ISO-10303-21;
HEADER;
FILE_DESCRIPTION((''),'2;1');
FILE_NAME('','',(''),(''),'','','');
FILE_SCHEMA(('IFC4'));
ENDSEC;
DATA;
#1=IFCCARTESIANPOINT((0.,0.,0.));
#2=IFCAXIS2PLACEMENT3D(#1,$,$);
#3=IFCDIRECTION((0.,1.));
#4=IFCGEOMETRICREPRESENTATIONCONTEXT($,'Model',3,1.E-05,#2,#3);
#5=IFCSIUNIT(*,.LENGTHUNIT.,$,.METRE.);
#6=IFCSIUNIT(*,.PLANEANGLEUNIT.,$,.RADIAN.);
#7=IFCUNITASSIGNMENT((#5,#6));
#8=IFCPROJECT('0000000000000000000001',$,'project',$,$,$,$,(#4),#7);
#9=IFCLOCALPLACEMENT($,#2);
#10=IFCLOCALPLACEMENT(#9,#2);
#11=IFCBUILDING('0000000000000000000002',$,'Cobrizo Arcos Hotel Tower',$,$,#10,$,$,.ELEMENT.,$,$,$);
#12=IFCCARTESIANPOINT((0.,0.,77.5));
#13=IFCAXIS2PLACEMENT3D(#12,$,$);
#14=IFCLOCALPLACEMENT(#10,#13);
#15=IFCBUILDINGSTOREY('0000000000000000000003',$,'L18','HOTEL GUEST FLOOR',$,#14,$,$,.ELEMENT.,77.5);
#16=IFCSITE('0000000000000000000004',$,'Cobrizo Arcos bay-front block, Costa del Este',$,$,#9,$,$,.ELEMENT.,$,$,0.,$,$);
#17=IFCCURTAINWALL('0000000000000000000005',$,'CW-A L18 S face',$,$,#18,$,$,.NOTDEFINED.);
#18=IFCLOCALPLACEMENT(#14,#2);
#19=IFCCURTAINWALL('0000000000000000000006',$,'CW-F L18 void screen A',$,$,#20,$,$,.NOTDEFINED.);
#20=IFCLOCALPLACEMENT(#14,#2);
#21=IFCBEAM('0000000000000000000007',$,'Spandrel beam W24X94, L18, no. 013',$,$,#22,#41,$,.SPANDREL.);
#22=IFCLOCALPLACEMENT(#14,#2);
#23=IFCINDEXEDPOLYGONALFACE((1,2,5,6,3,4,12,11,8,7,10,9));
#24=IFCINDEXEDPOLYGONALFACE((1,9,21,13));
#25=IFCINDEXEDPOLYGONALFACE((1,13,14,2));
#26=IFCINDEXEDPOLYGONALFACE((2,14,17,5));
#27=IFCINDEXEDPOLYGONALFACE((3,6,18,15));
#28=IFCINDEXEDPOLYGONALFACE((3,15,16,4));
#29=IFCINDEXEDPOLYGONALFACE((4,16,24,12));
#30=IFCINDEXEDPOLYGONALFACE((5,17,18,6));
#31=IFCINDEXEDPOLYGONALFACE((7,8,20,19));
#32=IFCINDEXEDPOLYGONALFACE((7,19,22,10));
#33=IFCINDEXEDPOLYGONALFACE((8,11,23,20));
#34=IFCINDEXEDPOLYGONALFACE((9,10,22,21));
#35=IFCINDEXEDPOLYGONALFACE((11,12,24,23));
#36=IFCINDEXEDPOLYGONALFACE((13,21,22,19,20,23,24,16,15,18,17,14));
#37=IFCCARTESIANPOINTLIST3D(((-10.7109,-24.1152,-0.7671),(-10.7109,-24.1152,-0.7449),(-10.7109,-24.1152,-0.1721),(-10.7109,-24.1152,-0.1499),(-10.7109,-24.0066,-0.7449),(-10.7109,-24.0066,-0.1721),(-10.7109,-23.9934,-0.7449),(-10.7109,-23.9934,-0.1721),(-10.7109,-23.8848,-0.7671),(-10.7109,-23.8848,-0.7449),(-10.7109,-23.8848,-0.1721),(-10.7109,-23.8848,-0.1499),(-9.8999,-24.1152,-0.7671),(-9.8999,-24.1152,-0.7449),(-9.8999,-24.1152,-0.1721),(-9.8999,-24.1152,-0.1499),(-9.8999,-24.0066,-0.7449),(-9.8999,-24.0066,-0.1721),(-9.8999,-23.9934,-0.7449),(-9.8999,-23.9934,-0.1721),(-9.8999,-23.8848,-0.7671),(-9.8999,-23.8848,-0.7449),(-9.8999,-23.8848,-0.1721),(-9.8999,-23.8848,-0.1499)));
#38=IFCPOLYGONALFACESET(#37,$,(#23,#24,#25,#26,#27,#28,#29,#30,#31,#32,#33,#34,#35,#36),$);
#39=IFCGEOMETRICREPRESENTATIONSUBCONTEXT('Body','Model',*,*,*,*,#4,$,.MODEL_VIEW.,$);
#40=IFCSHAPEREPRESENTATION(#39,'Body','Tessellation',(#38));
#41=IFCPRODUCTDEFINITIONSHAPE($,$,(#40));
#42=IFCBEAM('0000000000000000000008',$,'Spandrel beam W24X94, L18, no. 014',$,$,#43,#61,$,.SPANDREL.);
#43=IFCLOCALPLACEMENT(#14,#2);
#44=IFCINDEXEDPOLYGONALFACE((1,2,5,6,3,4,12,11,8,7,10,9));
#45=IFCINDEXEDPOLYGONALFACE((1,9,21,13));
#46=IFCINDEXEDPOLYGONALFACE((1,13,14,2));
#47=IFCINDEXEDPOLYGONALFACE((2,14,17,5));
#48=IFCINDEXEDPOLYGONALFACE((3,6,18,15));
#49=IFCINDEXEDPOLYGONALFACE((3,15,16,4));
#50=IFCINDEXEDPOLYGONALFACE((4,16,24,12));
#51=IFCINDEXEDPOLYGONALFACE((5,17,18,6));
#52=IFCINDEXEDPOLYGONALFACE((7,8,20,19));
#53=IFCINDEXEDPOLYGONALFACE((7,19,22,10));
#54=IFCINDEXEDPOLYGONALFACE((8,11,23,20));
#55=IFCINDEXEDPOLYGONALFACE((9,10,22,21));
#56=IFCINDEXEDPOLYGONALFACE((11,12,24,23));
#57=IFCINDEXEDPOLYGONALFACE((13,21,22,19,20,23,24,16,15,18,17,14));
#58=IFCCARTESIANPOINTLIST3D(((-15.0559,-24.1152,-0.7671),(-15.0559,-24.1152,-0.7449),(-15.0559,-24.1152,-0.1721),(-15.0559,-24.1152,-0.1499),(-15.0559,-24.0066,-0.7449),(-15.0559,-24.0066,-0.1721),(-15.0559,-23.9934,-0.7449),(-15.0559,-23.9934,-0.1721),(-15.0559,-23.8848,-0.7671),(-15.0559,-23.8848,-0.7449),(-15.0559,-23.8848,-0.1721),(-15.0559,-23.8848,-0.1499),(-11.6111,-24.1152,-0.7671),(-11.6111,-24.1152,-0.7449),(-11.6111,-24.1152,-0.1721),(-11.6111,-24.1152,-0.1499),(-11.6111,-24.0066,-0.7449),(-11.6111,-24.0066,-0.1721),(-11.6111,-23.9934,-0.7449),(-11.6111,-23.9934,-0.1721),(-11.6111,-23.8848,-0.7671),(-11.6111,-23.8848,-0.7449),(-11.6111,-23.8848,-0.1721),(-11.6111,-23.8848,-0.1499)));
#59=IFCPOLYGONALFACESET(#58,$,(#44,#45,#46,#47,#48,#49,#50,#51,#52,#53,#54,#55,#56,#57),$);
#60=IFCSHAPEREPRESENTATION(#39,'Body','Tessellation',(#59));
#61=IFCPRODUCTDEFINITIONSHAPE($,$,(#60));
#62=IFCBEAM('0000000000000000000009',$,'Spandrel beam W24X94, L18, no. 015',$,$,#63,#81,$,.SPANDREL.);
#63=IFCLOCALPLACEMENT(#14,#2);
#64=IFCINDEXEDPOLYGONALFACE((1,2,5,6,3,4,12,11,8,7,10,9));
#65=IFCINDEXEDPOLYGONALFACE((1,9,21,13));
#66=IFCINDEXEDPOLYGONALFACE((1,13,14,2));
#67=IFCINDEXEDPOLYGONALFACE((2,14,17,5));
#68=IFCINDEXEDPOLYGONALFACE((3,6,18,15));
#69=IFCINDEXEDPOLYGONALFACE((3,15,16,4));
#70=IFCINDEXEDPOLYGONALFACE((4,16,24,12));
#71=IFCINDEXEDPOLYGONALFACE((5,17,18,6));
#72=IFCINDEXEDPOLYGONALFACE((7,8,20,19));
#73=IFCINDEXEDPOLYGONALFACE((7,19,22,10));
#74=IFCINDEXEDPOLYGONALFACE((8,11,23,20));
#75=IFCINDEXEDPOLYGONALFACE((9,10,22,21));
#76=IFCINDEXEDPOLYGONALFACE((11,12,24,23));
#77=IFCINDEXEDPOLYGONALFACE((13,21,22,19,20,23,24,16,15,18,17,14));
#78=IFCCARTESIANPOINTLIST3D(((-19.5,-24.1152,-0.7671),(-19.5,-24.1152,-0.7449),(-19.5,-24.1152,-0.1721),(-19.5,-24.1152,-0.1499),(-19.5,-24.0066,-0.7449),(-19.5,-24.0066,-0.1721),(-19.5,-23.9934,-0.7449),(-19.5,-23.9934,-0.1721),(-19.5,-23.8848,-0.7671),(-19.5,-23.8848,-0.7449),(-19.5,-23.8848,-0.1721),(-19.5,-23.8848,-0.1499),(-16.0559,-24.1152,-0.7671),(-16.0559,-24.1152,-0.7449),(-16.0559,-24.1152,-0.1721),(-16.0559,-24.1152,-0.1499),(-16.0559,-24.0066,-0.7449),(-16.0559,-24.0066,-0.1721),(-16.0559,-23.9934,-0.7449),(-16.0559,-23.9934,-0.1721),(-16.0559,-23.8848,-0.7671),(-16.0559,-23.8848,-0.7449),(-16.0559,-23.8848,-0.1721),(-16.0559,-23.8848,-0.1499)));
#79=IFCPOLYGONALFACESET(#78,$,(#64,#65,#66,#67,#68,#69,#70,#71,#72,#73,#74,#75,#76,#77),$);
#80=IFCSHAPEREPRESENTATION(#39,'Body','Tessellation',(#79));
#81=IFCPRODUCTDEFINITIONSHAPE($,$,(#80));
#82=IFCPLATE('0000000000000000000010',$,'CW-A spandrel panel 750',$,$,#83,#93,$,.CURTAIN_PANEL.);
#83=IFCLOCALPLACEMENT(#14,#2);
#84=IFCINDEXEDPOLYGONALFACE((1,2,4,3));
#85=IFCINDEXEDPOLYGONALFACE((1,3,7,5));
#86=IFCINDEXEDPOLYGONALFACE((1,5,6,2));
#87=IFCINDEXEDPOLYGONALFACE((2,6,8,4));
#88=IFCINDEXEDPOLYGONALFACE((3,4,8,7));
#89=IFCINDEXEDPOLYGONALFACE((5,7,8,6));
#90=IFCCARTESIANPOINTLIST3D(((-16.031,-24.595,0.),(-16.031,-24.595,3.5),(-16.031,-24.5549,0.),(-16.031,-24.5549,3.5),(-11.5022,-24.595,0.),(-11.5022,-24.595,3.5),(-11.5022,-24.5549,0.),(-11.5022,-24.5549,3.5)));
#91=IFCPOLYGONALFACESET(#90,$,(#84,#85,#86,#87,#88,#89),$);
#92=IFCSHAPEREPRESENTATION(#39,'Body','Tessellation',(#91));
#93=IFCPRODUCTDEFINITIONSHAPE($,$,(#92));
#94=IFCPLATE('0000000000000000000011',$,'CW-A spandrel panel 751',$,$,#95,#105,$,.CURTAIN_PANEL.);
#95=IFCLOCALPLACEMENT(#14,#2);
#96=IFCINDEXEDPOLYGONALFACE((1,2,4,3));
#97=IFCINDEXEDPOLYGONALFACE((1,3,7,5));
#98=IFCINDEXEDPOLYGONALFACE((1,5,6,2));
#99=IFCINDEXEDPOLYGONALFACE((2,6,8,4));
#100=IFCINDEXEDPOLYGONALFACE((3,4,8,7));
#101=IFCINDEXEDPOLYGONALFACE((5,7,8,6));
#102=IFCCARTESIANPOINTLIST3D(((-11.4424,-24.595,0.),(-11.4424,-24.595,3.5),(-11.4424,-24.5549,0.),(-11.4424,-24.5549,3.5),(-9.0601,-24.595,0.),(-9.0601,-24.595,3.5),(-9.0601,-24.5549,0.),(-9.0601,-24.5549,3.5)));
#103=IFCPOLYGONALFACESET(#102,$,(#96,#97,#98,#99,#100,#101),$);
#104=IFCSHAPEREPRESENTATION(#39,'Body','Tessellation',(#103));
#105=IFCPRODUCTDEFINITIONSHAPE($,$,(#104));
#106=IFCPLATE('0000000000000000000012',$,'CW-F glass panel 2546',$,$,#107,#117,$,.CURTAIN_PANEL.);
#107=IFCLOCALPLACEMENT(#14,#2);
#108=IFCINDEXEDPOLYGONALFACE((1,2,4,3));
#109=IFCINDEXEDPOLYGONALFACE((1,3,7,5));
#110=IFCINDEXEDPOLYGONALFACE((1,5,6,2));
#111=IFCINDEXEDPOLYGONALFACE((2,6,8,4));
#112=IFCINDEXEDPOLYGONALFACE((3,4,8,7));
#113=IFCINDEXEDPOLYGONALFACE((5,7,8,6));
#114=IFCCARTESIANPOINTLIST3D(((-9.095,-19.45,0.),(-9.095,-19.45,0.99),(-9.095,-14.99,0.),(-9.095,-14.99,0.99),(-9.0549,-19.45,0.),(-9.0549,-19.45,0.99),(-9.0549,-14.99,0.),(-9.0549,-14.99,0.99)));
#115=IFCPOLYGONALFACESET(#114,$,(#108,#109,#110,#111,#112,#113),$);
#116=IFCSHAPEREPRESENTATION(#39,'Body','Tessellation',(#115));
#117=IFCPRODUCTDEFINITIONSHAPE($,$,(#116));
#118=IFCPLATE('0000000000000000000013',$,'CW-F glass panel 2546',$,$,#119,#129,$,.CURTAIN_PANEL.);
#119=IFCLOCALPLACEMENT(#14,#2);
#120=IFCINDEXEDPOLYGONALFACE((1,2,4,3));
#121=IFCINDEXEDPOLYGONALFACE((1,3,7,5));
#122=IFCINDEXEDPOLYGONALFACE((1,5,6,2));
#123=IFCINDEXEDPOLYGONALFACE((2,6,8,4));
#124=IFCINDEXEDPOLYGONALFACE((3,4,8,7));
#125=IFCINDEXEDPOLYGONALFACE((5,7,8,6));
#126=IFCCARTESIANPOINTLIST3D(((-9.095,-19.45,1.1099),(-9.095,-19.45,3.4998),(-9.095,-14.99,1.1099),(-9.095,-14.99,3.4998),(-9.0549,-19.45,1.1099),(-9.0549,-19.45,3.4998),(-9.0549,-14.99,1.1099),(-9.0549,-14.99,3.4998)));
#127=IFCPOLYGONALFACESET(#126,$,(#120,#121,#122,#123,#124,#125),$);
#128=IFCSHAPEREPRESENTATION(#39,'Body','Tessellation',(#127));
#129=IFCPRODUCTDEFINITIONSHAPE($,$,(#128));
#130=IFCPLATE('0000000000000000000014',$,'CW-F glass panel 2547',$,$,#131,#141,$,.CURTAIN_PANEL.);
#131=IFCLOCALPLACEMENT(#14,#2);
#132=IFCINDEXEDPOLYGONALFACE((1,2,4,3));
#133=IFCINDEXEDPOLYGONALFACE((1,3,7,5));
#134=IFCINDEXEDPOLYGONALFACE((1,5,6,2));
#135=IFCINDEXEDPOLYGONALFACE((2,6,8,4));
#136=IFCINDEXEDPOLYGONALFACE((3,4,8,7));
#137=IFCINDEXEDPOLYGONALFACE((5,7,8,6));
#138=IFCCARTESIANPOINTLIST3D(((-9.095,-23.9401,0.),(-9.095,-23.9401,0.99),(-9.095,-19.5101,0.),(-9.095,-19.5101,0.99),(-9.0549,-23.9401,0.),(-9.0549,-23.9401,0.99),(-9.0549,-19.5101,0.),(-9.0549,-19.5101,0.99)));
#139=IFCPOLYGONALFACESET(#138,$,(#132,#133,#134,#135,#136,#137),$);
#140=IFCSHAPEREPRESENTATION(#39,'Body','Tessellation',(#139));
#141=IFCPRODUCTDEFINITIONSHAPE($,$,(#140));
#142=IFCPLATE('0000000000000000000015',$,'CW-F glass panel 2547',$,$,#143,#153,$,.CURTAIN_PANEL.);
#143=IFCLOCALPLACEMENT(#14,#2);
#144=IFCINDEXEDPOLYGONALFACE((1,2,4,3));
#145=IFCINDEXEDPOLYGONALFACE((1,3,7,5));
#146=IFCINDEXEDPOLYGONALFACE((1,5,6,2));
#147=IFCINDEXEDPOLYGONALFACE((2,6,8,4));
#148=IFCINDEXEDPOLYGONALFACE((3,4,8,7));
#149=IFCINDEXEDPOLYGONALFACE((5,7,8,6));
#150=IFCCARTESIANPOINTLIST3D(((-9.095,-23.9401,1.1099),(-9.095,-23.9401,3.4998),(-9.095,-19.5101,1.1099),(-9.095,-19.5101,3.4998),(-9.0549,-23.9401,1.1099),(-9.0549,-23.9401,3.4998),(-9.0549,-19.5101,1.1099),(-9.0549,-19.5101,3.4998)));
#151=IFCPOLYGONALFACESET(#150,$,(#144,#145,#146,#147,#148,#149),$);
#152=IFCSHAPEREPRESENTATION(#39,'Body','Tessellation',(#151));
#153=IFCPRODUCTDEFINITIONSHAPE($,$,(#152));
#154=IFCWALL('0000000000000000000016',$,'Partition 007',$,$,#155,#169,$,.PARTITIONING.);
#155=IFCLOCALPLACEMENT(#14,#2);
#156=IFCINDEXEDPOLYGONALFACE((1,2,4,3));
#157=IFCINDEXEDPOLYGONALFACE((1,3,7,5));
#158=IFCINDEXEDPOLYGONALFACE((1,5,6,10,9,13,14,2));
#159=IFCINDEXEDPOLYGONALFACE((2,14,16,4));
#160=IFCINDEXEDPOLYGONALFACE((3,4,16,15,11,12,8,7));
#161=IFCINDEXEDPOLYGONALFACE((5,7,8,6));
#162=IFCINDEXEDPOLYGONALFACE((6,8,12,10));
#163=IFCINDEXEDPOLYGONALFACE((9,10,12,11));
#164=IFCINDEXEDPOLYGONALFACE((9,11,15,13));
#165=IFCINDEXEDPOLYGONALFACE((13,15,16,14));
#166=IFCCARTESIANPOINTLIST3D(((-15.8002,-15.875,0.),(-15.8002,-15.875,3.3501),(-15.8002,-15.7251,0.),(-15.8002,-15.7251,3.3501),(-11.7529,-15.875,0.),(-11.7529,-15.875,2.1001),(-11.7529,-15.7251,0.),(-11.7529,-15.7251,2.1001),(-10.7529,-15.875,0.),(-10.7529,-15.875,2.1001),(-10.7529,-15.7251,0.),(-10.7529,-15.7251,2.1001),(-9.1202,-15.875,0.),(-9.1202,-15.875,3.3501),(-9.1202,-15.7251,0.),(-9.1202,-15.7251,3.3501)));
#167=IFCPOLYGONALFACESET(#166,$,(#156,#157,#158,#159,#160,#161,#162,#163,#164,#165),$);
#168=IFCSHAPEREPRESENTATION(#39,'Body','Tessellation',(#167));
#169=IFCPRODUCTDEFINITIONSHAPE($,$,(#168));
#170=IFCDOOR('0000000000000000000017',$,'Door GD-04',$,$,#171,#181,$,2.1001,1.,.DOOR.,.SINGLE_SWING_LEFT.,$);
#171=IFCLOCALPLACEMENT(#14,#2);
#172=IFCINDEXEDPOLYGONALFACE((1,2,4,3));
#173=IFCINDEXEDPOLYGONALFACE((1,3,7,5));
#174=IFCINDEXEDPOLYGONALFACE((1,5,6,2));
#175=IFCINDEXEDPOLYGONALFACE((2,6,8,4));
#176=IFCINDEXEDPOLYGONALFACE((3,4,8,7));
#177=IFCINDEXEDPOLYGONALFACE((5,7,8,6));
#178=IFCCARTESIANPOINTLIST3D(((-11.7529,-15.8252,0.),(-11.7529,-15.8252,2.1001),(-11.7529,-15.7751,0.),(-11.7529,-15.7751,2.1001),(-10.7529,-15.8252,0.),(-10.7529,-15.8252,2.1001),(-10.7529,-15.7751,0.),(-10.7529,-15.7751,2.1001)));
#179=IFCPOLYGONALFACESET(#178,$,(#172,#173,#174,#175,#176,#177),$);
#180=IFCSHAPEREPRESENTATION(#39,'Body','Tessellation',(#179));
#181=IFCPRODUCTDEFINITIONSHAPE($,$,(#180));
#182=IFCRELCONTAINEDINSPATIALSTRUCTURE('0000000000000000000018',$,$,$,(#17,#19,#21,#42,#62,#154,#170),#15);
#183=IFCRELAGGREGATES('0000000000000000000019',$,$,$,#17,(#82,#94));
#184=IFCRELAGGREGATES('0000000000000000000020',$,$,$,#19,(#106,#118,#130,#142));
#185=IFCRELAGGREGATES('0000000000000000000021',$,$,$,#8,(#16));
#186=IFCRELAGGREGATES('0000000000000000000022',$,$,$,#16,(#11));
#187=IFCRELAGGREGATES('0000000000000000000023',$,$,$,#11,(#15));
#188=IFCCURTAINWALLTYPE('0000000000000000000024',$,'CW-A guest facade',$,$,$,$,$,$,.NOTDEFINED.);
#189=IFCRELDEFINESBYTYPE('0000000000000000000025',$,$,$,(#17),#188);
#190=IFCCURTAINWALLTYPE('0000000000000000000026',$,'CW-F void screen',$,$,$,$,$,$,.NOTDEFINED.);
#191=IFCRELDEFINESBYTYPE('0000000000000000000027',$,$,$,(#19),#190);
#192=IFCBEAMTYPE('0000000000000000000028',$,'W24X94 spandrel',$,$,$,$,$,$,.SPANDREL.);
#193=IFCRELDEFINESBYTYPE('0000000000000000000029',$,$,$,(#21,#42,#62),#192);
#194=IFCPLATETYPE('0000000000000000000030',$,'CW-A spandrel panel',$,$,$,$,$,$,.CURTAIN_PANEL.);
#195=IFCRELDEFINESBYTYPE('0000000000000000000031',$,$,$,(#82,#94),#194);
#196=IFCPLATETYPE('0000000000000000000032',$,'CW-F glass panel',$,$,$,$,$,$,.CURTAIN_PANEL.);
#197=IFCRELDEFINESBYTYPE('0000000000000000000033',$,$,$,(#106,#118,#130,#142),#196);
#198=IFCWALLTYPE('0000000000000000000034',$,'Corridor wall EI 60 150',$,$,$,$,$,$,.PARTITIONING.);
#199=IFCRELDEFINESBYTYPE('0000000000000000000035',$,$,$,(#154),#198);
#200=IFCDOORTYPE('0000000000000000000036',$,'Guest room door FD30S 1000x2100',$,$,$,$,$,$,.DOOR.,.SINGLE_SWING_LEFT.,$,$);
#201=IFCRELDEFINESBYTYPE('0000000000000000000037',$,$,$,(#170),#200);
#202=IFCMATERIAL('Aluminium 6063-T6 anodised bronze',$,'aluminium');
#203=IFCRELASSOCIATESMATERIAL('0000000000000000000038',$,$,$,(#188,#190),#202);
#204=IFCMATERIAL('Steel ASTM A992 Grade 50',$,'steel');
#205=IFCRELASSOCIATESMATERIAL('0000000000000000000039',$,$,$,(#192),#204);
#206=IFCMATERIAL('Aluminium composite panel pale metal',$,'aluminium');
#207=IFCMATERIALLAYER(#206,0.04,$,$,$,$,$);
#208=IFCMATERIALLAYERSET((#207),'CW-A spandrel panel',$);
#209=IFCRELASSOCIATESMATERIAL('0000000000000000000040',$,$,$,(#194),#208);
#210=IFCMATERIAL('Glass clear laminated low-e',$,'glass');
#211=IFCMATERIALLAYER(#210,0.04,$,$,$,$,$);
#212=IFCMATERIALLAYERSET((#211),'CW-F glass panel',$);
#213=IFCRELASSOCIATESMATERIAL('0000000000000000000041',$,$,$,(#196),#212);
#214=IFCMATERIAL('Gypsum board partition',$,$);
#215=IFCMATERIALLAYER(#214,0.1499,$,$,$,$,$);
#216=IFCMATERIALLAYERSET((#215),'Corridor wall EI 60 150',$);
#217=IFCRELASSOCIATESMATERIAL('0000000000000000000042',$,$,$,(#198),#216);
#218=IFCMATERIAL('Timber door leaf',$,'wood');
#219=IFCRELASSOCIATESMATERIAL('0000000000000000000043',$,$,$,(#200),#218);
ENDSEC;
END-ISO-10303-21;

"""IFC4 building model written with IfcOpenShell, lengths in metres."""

from ifc_helpers import new_model, si_unit, direction, frame, frame_2d, origin, origin_2d, place, context, subcontext, project, spatial, rectangle, i_section, extrude, material, layer, layer_set, material_profile, profile_set, type_object, element, fill, aggregate, save


model = new_model("IFC4")

# Units and contexts
model_context = context("Model", 3, precision=1e-05, world=origin(), true_north=direction((0.0, 1.0)))
body_context = subcontext(model_context, "Body", "Model", "MODEL_VIEW")
ifc_project = project(units=[si_unit("LENGTHUNIT", "METRE"), si_unit("PLANEANGLEUNIT", "RADIAN")], contexts=[model_context])

# Site, building, storey
site_placement = place(None, origin())
site = spatial("IfcSite", under=ifc_project, at=site_placement, Name="Cobrizo Arcos bay-front block, Costa del Este", CompositionType="ELEMENT", RefElevation=0.0)
building_placement = place(site_placement, origin())
building = spatial("IfcBuilding", under=site, at=building_placement, Name="Cobrizo Arcos Hotel Tower", CompositionType="ELEMENT")
storey_placement = place(building_placement, frame((0.0, 0.0, 77.5)))
storey = spatial("IfcBuildingStorey", under=building, at=storey_placement, Name="L18", Description="HOTEL GUEST FLOOR", CompositionType="ELEMENT", Elevation=77.5)

# Curtain walls
ifc_material_1 = material(Name="Aluminium 6063-T6 anodised bronze", Category="aluminium")
curtain_wall_type_1 = type_object("IfcCurtainWallType", Name="CW-A guest facade", PredefinedType="NOTDEFINED", material=ifc_material_1)
curtain_wall_1_placement = place(storey_placement, origin())
curtain_wall_1 = element("IfcCurtainWall", 1, at=curtain_wall_1_placement, inside=storey, type_object=curtain_wall_type_1, Name="CW-A L18 S face", PredefinedType="NOTDEFINED")
curtain_wall_type_2 = type_object("IfcCurtainWallType", Name="CW-F void screen", PredefinedType="NOTDEFINED", material=ifc_material_1)
curtain_wall_2_placement = place(storey_placement, origin())
curtain_wall_2 = element("IfcCurtainWall", 2, at=curtain_wall_2_placement, inside=storey, type_object=curtain_wall_type_2, Name="CW-F L18 void screen A", PredefinedType="NOTDEFINED")

# Beams
ifc_material_2 = material(Name="Steel ASTM A992 Grade 50", Category="steel")
ifc_material_profile_1 = material_profile(ifc_material_2, i_section(OverallWidth=0.2305, OverallDepth=0.6172, WebThickness=0.0132, FlangeThickness=0.0222, at=origin_2d()), Name="W24X94")
ifc_profile_set_1 = profile_set([ifc_material_profile_1], Name="Steel ASTM A992 Grade 50")
beam_type_1 = type_object("IfcBeamType", Name="W24X94 spandrel", PredefinedType="SPANDREL", material=ifc_profile_set_1)
beam_1_placement = place(storey_placement, frame((-9.8999, -24.0, -0.4585), z_axis=(-1.0, 0.0, 0.0), x_axis=(0.0, -1.0, 0.0)))
element("IfcBeam", 3, at=beam_1_placement, inside=storey, type_object=beam_type_1, Name="Spandrel beam W24X94, L18, no. 013", PredefinedType="SPANDREL", context=body_context, shape_type="SweptSolid", body=[
    extrude(i_section(OverallWidth=0.2305, OverallDepth=0.6172, WebThickness=0.0132, FlangeThickness=0.0222, at=origin_2d()), origin(), (0.0, 0.0, 1.0), 0.811),
])
beam_2_placement = place(storey_placement, frame((-11.6111, -24.0, -0.4585), z_axis=(-1.0, 0.0, 0.0), x_axis=(0.0, -1.0, 0.0)))
element("IfcBeam", 4, at=beam_2_placement, inside=storey, type_object=beam_type_1, Name="Spandrel beam W24X94, L18, no. 014", PredefinedType="SPANDREL", context=body_context, shape_type="SweptSolid", body=[
    extrude(i_section(OverallWidth=0.2305, OverallDepth=0.6172, WebThickness=0.0132, FlangeThickness=0.0222, at=origin_2d()), origin(), (0.0, 0.0, 1.0), 3.4448),
])
beam_3_placement = place(storey_placement, frame((-16.0559, -24.0, -0.4585), z_axis=(-1.0, 0.0, 0.0), x_axis=(0.0, -1.0, 0.0)))
element("IfcBeam", 5, at=beam_3_placement, inside=storey, type_object=beam_type_1, Name="Spandrel beam W24X94, L18, no. 015", PredefinedType="SPANDREL", context=body_context, shape_type="SweptSolid", body=[
    extrude(i_section(OverallWidth=0.2305, OverallDepth=0.6172, WebThickness=0.0132, FlangeThickness=0.0222, at=origin_2d()), origin(), (0.0, 0.0, 1.0), 3.4441),
])

# Plates
ifc_material_3 = material(Name="Aluminium composite panel pale metal", Category="aluminium")
ifc_layer_1 = layer(ifc_material_3, 0.04)
ifc_layer_set_1 = layer_set([ifc_layer_1], Name="CW-A spandrel panel")
plate_type_1 = type_object("IfcPlateType", Name="CW-A spandrel panel", PredefinedType="CURTAIN_PANEL", material=ifc_layer_set_1)
plate_1_placement = place(storey_placement, frame((-13.7666, -24.575, 0.0), z_axis=(0.0, 0.0, 1.0), x_axis=(1.0, 0.0, 0.0)))
plate_1 = element("IfcPlate", 6, at=plate_1_placement, type_object=plate_type_1, Name="CW-A spandrel panel 750", PredefinedType="CURTAIN_PANEL", context=body_context, shape_type="SweptSolid", body=[
    extrude(rectangle(XDim=4.5288, YDim=0.04, at=origin_2d()), origin(), (0.0, 0.0, 1.0), 3.5),
])
plate_2_placement = place(storey_placement, frame((-10.2512, -24.575, 0.0), z_axis=(0.0, 0.0, 1.0), x_axis=(1.0, 0.0, 0.0)))
plate_2 = element("IfcPlate", 7, at=plate_2_placement, type_object=plate_type_1, Name="CW-A spandrel panel 751", PredefinedType="CURTAIN_PANEL", context=body_context, shape_type="SweptSolid", body=[
    extrude(rectangle(XDim=2.3823, YDim=0.04, at=origin_2d()), origin(), (0.0, 0.0, 1.0), 3.5),
])
aggregate(curtain_wall_1, [plate_1, plate_2])
ifc_material_4 = material(Name="Glass clear laminated low-e", Category="glass")
ifc_layer_2 = layer(ifc_material_4, 0.04)
ifc_layer_set_2 = layer_set([ifc_layer_2], Name="CW-F glass panel")
plate_type_2 = type_object("IfcPlateType", Name="CW-F glass panel", PredefinedType="CURTAIN_PANEL", material=ifc_layer_set_2)
plate_3_placement = place(storey_placement, frame((-9.075, -17.22, 0.0), z_axis=(0.0, 0.0, 1.0), x_axis=(0.0, -1.0, 0.0)))
plate_3 = element("IfcPlate", 8, at=plate_3_placement, type_object=plate_type_2, Name="CW-F glass panel 2546", PredefinedType="CURTAIN_PANEL", context=body_context, shape_type="SweptSolid", body=[
    extrude(rectangle(XDim=4.46, YDim=0.04, at=origin_2d()), origin(), (0.0, 0.0, 1.0), 0.99),
])
plate_4_placement = place(storey_placement, frame((-9.075, -17.22, 1.1099), z_axis=(0.0, 0.0, 1.0), x_axis=(0.0, -1.0, 0.0)))
plate_4 = element("IfcPlate", 9, at=plate_4_placement, type_object=plate_type_2, Name="CW-F glass panel 2546", PredefinedType="CURTAIN_PANEL", context=body_context, shape_type="SweptSolid", body=[
    extrude(rectangle(XDim=4.46, YDim=0.04, at=origin_2d()), origin(), (0.0, 0.0, 1.0), 2.3899),
])
plate_5_placement = place(storey_placement, frame((-9.075, -21.7251, 0.0), z_axis=(0.0, 0.0, 1.0), x_axis=(0.0, -1.0, 0.0)))
plate_5 = element("IfcPlate", 10, at=plate_5_placement, type_object=plate_type_2, Name="CW-F glass panel 2547", PredefinedType="CURTAIN_PANEL", context=body_context, shape_type="SweptSolid", body=[
    extrude(rectangle(XDim=4.4299, YDim=0.04, at=origin_2d()), origin(), (0.0, 0.0, 1.0), 0.99),
])
plate_6_placement = place(storey_placement, frame((-9.075, -21.7251, 1.1099), z_axis=(0.0, 0.0, 1.0), x_axis=(0.0, -1.0, 0.0)))
plate_6 = element("IfcPlate", 11, at=plate_6_placement, type_object=plate_type_2, Name="CW-F glass panel 2547", PredefinedType="CURTAIN_PANEL", context=body_context, shape_type="SweptSolid", body=[
    extrude(rectangle(XDim=4.4299, YDim=0.04, at=origin_2d()), origin(), (0.0, 0.0, 1.0), 2.3899),
])
aggregate(curtain_wall_2, [plate_3, plate_4, plate_5, plate_6])

# Wall, opening, door
ifc_material_5 = material(Name="Gypsum board partition")
ifc_layer_3 = layer(ifc_material_5, 0.1499)
ifc_layer_set_3 = layer_set([ifc_layer_3], Name="Corridor wall EI 60 150")
wall_type_1 = type_object("IfcWallType", Name="Corridor wall EI 60 150", PredefinedType="PARTITIONING", material=ifc_layer_set_3)
wall_1_placement = place(storey_placement, frame((-15.8, -15.8, 0.0), z_axis=(0.0, 0.0, 1.0), x_axis=(1.0, 0.0, 0.0)))
wall_1 = element("IfcWall", 12, at=wall_1_placement, inside=storey, type_object=wall_type_1, Name="Partition 007", PredefinedType="PARTITIONING", context=body_context, shape_type="SweptSolid", body=[
    extrude(rectangle(XDim=6.6799, YDim=0.1499, at=frame_2d((3.3398, 0.0))), origin(), (0.0, 0.0, 1.0), 3.3501),
])
opening_1_placement = place(wall_1_placement, frame((4.0471, 0.0, 0.0)))
opening_1 = element("IfcOpeningElement", 13, at=opening_1_placement, cuts=wall_1, PredefinedType="OPENING", context=body_context, shape_type="SweptSolid", body=[
    extrude(rectangle(XDim=1.0, YDim=2.1001, at=frame_2d((0.5, 1.05))), frame((0.0, 0.0869, 0.0), z_axis=(0.0, -1.0, 0.0), x_axis=(1.0, 0.0, 0.0)), (0.0, 0.0, 1.0), 0.1738),
])
ifc_material_6 = material(Name="Timber door leaf", Category="wood")
door_type_1 = type_object("IfcDoorType", Name="Guest room door FD30S 1000x2100", OperationType="SINGLE_SWING_LEFT", PredefinedType="DOOR", material=ifc_material_6)
door_1_placement = place(opening_1_placement, origin())
door_1 = element("IfcDoor", 14, at=door_1_placement, inside=storey, type_object=door_type_1, Name="Door GD-04", OperationType="SINGLE_SWING_LEFT", OverallHeight=2.1001, OverallWidth=1.0, PredefinedType="DOOR", context=body_context, shape_type="SweptSolid", body=[
    extrude(rectangle(XDim=1.0, YDim=2.1001, at=frame_2d((0.5, 1.05))), frame((0.0, 0.0249, 0.0), z_axis=(0.0, -1.0, 0.0), x_axis=(1.0, 0.0, 0.0)), (0.0, 0.0, 1.0), 0.05),
])
fill(opening_1, door_1)

save(model, "model.ifc")
